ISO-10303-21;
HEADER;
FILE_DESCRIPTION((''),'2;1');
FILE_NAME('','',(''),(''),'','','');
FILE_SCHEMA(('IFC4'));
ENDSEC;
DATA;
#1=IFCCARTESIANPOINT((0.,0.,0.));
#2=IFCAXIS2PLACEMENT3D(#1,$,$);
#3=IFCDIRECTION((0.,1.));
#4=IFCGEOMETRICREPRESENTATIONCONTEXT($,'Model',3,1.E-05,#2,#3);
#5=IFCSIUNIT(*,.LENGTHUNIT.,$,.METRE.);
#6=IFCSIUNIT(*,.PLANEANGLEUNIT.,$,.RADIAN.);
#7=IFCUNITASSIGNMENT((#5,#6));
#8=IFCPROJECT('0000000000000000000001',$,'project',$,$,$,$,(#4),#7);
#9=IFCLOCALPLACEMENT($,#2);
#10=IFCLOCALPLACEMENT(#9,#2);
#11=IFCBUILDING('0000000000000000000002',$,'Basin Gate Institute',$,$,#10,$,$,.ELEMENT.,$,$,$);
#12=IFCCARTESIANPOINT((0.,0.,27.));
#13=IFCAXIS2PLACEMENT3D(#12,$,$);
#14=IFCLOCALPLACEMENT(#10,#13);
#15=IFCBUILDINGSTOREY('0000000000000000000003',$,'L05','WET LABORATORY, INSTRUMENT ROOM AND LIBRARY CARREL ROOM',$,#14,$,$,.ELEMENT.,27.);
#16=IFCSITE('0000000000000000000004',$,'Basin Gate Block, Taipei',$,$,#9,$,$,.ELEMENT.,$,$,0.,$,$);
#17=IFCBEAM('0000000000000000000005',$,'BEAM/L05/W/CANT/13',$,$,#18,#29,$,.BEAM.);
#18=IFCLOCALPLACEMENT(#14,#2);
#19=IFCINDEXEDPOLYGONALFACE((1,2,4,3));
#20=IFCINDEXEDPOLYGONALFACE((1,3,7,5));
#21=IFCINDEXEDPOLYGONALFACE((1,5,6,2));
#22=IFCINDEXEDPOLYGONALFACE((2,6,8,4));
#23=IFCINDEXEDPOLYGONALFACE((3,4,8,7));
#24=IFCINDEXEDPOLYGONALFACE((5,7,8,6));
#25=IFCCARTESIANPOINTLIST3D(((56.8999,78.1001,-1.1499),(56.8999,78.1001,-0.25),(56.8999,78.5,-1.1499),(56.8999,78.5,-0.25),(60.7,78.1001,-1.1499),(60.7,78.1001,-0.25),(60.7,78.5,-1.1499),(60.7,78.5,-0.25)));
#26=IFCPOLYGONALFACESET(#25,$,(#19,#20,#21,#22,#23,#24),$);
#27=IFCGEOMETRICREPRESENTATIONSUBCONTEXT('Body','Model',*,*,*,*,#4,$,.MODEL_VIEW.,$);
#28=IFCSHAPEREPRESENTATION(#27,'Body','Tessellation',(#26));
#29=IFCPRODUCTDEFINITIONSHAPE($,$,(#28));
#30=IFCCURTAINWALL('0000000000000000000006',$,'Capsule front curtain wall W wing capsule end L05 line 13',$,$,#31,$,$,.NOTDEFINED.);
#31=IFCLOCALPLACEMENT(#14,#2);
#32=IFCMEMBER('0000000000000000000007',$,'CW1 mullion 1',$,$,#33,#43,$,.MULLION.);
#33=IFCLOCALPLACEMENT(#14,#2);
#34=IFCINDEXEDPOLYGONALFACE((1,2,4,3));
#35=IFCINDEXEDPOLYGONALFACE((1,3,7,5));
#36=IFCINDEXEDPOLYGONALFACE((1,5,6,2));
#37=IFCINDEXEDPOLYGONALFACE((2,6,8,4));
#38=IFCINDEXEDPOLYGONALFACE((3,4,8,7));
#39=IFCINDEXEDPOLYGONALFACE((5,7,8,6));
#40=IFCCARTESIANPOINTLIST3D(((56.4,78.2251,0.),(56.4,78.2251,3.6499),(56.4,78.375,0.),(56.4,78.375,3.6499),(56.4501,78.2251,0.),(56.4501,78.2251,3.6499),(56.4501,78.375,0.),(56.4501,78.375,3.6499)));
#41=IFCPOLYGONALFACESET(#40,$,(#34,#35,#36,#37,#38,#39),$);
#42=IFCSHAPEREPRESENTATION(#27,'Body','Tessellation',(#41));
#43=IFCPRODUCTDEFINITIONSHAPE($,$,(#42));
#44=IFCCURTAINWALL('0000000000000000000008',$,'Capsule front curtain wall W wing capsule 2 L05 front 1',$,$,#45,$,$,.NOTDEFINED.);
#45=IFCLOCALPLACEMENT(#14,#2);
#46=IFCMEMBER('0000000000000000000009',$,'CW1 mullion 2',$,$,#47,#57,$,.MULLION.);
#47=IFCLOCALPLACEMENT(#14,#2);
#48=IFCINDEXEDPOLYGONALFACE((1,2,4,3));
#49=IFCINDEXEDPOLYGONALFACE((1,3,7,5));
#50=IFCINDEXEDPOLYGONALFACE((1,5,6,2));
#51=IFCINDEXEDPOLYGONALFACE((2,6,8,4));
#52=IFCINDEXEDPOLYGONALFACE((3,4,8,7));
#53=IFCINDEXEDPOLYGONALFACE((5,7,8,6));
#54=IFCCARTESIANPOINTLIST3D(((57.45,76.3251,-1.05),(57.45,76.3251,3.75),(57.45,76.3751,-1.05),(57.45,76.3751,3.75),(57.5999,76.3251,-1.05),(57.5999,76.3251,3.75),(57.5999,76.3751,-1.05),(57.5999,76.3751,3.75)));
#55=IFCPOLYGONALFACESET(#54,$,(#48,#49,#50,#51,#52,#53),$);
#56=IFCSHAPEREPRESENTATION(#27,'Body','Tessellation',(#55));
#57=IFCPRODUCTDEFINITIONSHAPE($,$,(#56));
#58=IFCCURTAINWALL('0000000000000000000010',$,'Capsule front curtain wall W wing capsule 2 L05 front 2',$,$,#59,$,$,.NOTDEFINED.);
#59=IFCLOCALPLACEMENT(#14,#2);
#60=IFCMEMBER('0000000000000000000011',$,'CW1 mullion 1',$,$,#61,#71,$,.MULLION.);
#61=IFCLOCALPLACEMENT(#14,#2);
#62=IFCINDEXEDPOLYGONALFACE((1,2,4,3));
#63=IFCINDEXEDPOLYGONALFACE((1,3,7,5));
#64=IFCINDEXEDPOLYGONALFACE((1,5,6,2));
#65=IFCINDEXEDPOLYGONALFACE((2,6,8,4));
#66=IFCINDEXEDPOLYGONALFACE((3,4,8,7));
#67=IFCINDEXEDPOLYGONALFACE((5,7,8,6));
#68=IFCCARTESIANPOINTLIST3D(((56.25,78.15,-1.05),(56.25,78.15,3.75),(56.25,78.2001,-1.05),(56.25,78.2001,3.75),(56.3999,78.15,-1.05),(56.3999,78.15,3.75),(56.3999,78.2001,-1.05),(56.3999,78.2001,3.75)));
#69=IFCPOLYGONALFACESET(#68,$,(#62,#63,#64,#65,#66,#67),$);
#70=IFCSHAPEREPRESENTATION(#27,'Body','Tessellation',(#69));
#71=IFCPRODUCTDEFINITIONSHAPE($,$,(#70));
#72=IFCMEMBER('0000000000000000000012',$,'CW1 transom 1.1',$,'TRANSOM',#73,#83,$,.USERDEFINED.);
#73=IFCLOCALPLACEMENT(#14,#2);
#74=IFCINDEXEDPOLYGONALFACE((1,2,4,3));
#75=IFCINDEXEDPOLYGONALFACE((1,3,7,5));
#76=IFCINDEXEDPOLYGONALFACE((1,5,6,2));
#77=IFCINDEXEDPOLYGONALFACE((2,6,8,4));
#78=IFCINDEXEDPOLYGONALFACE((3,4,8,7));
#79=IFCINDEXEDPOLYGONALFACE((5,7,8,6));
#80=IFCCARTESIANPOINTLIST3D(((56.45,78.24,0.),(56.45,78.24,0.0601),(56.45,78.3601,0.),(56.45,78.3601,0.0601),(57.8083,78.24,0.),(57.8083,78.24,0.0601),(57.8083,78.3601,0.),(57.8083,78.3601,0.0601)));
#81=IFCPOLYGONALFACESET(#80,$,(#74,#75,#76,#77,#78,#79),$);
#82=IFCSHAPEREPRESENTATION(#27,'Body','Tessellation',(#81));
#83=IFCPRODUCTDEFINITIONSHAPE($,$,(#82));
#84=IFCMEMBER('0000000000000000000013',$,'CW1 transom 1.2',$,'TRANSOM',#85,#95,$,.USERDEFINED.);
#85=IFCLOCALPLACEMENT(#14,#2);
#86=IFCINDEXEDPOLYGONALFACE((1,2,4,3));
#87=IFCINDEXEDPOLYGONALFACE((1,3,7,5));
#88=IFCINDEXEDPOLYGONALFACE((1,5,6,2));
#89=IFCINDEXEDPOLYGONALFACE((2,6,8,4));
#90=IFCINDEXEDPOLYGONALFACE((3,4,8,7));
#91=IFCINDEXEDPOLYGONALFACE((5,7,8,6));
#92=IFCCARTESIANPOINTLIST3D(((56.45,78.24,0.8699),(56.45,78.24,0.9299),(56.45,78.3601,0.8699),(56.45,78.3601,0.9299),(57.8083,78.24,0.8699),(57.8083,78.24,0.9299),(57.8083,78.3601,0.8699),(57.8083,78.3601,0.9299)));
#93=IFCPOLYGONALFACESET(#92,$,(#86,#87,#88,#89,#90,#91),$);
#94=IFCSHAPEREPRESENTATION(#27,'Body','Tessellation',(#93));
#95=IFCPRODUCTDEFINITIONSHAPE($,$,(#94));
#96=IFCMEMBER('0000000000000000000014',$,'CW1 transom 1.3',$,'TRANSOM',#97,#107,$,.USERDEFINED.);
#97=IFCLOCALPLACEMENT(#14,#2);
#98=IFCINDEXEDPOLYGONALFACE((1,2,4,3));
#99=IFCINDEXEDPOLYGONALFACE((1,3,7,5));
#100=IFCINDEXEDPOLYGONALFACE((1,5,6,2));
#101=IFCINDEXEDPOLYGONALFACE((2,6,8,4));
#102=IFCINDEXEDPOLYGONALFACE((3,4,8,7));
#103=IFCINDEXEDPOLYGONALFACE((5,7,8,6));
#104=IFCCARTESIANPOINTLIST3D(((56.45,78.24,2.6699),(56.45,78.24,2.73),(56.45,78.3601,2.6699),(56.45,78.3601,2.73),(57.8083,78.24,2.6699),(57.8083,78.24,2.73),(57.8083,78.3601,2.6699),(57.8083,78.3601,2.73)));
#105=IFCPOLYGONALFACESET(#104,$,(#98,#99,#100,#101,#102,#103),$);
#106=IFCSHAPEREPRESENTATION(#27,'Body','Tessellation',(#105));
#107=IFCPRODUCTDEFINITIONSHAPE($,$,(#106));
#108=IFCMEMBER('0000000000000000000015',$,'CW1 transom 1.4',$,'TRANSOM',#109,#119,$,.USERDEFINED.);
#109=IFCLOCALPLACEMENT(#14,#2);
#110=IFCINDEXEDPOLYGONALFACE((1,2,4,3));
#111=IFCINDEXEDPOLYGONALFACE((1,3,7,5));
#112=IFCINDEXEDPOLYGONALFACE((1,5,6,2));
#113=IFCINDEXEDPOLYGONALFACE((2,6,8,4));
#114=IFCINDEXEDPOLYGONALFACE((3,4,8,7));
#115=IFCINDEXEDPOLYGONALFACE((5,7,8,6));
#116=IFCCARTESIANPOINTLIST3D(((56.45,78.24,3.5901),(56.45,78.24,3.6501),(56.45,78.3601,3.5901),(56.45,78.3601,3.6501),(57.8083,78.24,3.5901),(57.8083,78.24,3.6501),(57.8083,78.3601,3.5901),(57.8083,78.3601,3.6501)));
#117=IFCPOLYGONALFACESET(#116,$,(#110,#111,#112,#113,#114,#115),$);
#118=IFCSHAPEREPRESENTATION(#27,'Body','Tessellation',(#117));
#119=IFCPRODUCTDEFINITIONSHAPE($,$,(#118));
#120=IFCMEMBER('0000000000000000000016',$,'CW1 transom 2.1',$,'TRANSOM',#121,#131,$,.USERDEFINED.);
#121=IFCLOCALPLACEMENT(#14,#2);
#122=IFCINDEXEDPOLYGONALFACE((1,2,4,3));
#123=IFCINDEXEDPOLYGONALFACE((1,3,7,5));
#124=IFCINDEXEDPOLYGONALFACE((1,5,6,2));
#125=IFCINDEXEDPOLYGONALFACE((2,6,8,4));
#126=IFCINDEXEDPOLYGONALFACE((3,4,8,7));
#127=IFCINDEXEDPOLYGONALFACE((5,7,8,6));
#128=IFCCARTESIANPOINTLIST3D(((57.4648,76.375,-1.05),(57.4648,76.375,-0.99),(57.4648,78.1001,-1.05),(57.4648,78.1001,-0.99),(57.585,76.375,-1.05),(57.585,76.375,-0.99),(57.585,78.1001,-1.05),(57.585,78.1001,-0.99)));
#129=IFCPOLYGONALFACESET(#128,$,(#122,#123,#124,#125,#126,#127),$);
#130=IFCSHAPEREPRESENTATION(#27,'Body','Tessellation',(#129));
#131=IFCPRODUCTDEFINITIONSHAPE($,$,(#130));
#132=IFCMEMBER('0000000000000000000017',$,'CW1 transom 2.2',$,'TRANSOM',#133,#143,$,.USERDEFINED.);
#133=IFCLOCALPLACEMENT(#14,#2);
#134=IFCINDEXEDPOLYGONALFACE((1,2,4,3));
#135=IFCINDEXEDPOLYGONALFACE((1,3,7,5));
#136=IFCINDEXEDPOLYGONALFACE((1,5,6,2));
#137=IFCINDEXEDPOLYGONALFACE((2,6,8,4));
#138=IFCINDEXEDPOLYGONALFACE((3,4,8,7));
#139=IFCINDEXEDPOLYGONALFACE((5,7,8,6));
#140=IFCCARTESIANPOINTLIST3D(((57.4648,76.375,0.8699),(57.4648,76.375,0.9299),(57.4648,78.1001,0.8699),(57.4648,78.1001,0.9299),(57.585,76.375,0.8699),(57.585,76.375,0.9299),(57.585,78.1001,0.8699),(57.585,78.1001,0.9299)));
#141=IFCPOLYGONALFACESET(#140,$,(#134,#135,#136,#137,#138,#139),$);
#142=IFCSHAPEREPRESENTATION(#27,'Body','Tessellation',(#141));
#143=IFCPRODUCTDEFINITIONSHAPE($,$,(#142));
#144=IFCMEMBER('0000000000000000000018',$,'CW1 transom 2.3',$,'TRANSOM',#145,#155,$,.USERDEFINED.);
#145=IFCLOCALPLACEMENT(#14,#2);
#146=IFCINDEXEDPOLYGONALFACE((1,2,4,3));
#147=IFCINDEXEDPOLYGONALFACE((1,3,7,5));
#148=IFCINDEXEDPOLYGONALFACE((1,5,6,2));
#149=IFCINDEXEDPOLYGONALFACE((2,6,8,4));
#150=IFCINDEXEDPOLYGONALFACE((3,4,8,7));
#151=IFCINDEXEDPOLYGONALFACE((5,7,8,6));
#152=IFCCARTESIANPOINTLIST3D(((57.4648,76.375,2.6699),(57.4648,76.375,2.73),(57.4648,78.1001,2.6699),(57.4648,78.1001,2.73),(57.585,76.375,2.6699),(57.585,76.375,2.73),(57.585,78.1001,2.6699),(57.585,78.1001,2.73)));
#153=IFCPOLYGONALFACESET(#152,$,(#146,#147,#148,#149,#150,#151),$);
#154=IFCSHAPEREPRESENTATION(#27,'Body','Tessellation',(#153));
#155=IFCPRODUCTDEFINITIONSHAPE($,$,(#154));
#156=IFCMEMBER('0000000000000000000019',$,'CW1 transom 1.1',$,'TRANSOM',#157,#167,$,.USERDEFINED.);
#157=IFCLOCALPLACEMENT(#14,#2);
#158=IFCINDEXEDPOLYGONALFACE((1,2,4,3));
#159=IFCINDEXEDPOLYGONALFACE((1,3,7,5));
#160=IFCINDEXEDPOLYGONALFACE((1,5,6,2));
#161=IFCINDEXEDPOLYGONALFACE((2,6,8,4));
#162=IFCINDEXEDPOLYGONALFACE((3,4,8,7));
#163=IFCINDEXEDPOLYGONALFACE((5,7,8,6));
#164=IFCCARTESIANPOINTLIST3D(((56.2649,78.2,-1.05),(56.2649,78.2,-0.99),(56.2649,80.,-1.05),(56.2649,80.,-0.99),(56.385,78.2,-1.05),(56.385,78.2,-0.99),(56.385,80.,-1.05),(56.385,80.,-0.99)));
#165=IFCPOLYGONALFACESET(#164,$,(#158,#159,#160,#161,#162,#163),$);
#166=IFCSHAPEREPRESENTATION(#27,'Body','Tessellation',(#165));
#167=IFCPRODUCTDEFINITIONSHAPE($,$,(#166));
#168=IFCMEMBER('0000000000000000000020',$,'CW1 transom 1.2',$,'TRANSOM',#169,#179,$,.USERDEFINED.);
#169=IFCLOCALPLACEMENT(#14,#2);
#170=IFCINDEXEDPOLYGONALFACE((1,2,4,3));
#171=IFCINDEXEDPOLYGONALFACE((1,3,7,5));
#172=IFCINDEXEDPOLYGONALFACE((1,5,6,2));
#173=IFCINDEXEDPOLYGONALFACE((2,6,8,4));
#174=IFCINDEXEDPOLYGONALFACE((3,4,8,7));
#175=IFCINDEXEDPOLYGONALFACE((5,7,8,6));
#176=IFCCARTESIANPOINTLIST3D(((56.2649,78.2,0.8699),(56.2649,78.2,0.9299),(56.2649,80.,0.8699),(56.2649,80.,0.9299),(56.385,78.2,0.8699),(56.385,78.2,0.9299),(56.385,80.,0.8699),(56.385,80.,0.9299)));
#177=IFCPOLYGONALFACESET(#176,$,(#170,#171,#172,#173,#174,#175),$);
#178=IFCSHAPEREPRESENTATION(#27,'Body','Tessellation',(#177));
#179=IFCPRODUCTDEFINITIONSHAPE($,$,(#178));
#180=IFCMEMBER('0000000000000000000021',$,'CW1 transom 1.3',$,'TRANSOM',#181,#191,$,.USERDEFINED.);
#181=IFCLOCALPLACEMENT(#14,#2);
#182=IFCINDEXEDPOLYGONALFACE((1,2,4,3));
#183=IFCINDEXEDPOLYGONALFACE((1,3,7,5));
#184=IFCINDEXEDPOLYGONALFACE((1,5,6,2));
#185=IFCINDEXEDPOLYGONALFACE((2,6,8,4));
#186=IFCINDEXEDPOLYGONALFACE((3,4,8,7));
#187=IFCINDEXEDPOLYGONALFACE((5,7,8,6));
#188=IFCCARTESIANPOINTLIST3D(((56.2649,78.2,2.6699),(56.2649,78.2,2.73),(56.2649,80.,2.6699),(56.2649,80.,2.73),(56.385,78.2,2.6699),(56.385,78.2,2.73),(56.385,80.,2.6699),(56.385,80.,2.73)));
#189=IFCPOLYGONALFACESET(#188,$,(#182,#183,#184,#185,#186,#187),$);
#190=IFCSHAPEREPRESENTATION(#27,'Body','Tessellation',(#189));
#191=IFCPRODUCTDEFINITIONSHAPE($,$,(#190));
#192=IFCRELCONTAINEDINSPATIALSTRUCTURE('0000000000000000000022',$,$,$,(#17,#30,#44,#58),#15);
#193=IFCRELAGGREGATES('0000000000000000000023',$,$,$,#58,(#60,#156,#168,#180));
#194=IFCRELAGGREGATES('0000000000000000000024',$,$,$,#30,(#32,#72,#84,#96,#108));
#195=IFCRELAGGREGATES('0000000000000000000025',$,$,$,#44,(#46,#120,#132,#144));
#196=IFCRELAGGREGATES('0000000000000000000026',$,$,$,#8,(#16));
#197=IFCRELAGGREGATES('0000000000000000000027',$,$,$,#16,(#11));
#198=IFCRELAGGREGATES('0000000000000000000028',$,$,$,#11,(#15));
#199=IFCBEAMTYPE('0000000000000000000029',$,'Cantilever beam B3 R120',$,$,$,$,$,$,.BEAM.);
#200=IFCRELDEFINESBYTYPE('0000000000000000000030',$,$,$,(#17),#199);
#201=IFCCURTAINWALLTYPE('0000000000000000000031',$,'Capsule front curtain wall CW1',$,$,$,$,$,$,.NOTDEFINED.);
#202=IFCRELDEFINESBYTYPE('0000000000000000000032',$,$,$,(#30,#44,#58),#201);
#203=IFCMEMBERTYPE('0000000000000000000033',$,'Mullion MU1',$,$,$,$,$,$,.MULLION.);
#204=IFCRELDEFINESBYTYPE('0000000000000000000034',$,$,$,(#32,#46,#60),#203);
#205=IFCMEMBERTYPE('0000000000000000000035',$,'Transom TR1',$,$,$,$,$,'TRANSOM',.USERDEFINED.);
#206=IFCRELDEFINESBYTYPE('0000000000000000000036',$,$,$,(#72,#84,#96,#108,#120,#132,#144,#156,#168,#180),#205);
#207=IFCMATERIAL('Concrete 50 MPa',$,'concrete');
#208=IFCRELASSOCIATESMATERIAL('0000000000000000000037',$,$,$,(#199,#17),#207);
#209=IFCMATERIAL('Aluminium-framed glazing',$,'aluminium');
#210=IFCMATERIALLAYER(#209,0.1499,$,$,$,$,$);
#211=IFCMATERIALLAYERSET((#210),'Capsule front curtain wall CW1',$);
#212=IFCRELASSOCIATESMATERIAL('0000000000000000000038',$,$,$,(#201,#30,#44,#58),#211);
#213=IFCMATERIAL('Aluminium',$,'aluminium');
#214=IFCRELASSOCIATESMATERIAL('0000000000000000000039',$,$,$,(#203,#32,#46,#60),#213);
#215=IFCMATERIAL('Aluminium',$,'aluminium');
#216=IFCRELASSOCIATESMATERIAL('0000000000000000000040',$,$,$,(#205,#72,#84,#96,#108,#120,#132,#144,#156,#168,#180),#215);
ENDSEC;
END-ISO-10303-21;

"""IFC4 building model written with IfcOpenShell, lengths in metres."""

from ifc_helpers import new_model, si_unit, direction, frame, origin, origin_2d, place, context, subcontext, project, spatial, rectangle, extrude, material, layer, layer_set, material_profile, profile_set, type_object, element, aggregate, save


model = new_model("IFC4")

# Units and contexts
model_context = context("Model", 3, precision=1e-05, world=origin(), true_north=direction((0.0, 1.0)))
body_context = subcontext(model_context, "Body", "Model", "MODEL_VIEW")
ifc_project = project(units=[si_unit("LENGTHUNIT", "METRE"), si_unit("PLANEANGLEUNIT", "RADIAN")], contexts=[model_context])

# Site, building, storey
site_placement = place(None, origin())
site = spatial("IfcSite", under=ifc_project, at=site_placement, Name="Basin Gate Block, Taipei", CompositionType="ELEMENT", RefElevation=0.0)
building_placement = place(site_placement, origin())
building = spatial("IfcBuilding", under=site, at=building_placement, Name="Basin Gate Institute", CompositionType="ELEMENT")
storey_placement = place(building_placement, frame((0.0, 0.0, 27.0)))
storey = spatial("IfcBuildingStorey", under=building, at=storey_placement, Name="L05", Description="WET LABORATORY, INSTRUMENT ROOM AND LIBRARY CARREL ROOM", CompositionType="ELEMENT", Elevation=27.0)

# Beam
ifc_material_1 = material(Name="Concrete 50 MPa", Category="concrete")
ifc_material_profile_1 = material_profile(ifc_material_1, rectangle(XDim=0.3999, YDim=0.8999, at=origin_2d()), Name="Cantilever beam B3 400 x 900")
ifc_profile_set_1 = profile_set([ifc_material_profile_1], Name="Concrete 50 MPa")
beam_type = type_object("IfcBeamType", Name="Cantilever beam B3 R120", PredefinedType="BEAM", material=ifc_profile_set_1)
beam_placement = place(storey_placement, frame((56.8999, 78.3, -0.7), z_axis=(1.0, 0.0, 0.0), x_axis=(0.0, 1.0, 0.0)))
element("IfcBeam", 1, at=beam_placement, inside=storey, type_object=beam_type, material=ifc_profile_set_1, Name="BEAM/L05/W/CANT/13", PredefinedType="BEAM", context=body_context, shape_type="SweptSolid", body=[
    extrude(rectangle(XDim=0.3999, YDim=0.8999, at=origin_2d()), origin(), (0.0, 0.0, 1.0), 3.8),
])

# Curtain walls, members
ifc_material_2 = material(Name="Aluminium-framed glazing", Category="aluminium")
ifc_layer_1 = layer(ifc_material_2, 0.1499)
ifc_layer_set_1 = layer_set([ifc_layer_1], Name="Capsule front curtain wall CW1")
curtain_wall_type = type_object("IfcCurtainWallType", Name="Capsule front curtain wall CW1", PredefinedType="NOTDEFINED", material=ifc_layer_set_1)
curtain_wall_1_placement = place(storey_placement, origin())
curtain_wall_1 = element("IfcCurtainWall", 2, at=curtain_wall_1_placement, inside=storey, type_object=curtain_wall_type, material=ifc_layer_set_1, Name="Capsule front curtain wall W wing capsule end L05 line 13", PredefinedType="NOTDEFINED")
ifc_material_3 = material(Name="Aluminium", Category="aluminium")
ifc_material_profile_2 = material_profile(ifc_material_3, rectangle(XDim=0.1499, YDim=0.05, at=origin_2d()), Name="Mullion MU1 150 x 50")
ifc_profile_set_2 = profile_set([ifc_material_profile_2], Name="Aluminium")
member_type_1 = type_object("IfcMemberType", Name="Mullion MU1", PredefinedType="MULLION", material=ifc_profile_set_2)
member_1_placement = place(storey_placement, frame((56.425, 78.3, 0.0), z_axis=(0.0, 0.0, 1.0), x_axis=(0.0, 1.0, 0.0)))
member_1 = element("IfcMember", 3, at=member_1_placement, type_object=member_type_1, material=ifc_profile_set_2, Name="CW1 mullion 1", PredefinedType="MULLION", context=body_context, shape_type="SweptSolid", body=[
    extrude(rectangle(XDim=0.1499, YDim=0.05, at=origin_2d()), origin(), (0.0, 0.0, 1.0), 3.6499),
])
curtain_wall_2_placement = place(storey_placement, origin())
curtain_wall_2 = element("IfcCurtainWall", 4, at=curtain_wall_2_placement, inside=storey, type_object=curtain_wall_type, material=ifc_layer_set_1, Name="Capsule front curtain wall W wing capsule 2 L05 front 1", PredefinedType="NOTDEFINED")
member_2_placement = place(storey_placement, frame((57.5249, 76.3501, -1.05), z_axis=(0.0, 0.0, 1.0), x_axis=(-1.0, 0.0, 0.0)))
member_2 = element("IfcMember", 5, at=member_2_placement, type_object=member_type_1, material=ifc_profile_set_2, Name="CW1 mullion 2", PredefinedType="MULLION", context=body_context, shape_type="SweptSolid", body=[
    extrude(rectangle(XDim=0.1499, YDim=0.05, at=origin_2d()), origin(), (0.0, 0.0, 1.0), 4.8),
])
curtain_wall_3_placement = place(storey_placement, origin())
curtain_wall_3 = element("IfcCurtainWall", 6, at=curtain_wall_3_placement, inside=storey, type_object=curtain_wall_type, material=ifc_layer_set_1, Name="Capsule front curtain wall W wing capsule 2 L05 front 2", PredefinedType="NOTDEFINED")
member_3_placement = place(storey_placement, frame((56.325, 78.175, -1.05), z_axis=(0.0, 0.0, 1.0), x_axis=(-1.0, 0.0, 0.0)))
member_3 = element("IfcMember", 7, at=member_3_placement, type_object=member_type_1, material=ifc_profile_set_2, Name="CW1 mullion 1", PredefinedType="MULLION", context=body_context, shape_type="SweptSolid", body=[
    extrude(rectangle(XDim=0.1499, YDim=0.05, at=origin_2d()), origin(), (0.0, 0.0, 1.0), 4.8),
])

# Members
ifc_material_4 = material(Name="Aluminium", Category="aluminium")
ifc_material_profile_3 = material_profile(ifc_material_4, rectangle(XDim=0.1201, YDim=0.0601, at=origin_2d()), Name="Transom TR1 120 x 60")
ifc_profile_set_3 = profile_set([ifc_material_profile_3], Name="Aluminium")
member_type_2 = type_object("IfcMemberType", Name="Transom TR1", ElementType="TRANSOM", PredefinedType="USERDEFINED", material=ifc_profile_set_3)
member_4_placement = place(storey_placement, frame((56.45, 78.3, 0.03), z_axis=(1.0, 0.0, 0.0), x_axis=(0.0, 1.0, 0.0)))
member_4 = element("IfcMember", 8, at=member_4_placement, type_object=member_type_2, material=ifc_profile_set_3, Name="CW1 transom 1.1", ObjectType="TRANSOM", PredefinedType="USERDEFINED", context=body_context, shape_type="SweptSolid", body=[
    extrude(rectangle(XDim=0.1201, YDim=0.0601, at=origin_2d()), origin(), (0.0, 0.0, 1.0), 1.3584),
])
member_5_placement = place(storey_placement, frame((56.45, 78.3, 0.8999), z_axis=(1.0, 0.0, 0.0), x_axis=(0.0, 1.0, 0.0)))
member_5 = element("IfcMember", 9, at=member_5_placement, type_object=member_type_2, material=ifc_profile_set_3, Name="CW1 transom 1.2", ObjectType="TRANSOM", PredefinedType="USERDEFINED", context=body_context, shape_type="SweptSolid", body=[
    extrude(rectangle(XDim=0.1201, YDim=0.0601, at=origin_2d()), origin(), (0.0, 0.0, 1.0), 1.3584),
])
member_6_placement = place(storey_placement, frame((56.45, 78.3, 2.7), z_axis=(1.0, 0.0, 0.0), x_axis=(0.0, 1.0, 0.0)))
member_6 = element("IfcMember", 10, at=member_6_placement, type_object=member_type_2, material=ifc_profile_set_3, Name="CW1 transom 1.3", ObjectType="TRANSOM", PredefinedType="USERDEFINED", context=body_context, shape_type="SweptSolid", body=[
    extrude(rectangle(XDim=0.1201, YDim=0.0601, at=origin_2d()), origin(), (0.0, 0.0, 1.0), 1.3584),
])
member_7_placement = place(storey_placement, frame((56.45, 78.3, 3.6201), z_axis=(1.0, 0.0, 0.0), x_axis=(0.0, 1.0, 0.0)))
member_7 = element("IfcMember", 11, at=member_7_placement, type_object=member_type_2, material=ifc_profile_set_3, Name="CW1 transom 1.4", ObjectType="TRANSOM", PredefinedType="USERDEFINED", context=body_context, shape_type="SweptSolid", body=[
    extrude(rectangle(XDim=0.1201, YDim=0.0601, at=origin_2d()), origin(), (0.0, 0.0, 1.0), 1.3584),
])
member_8_placement = place(storey_placement, frame((57.5249, 76.375, -1.02), z_axis=(0.0, 1.0, 0.0), x_axis=(-1.0, 0.0, 0.0)))
member_8 = element("IfcMember", 12, at=member_8_placement, type_object=member_type_2, material=ifc_profile_set_3, Name="CW1 transom 2.1", ObjectType="TRANSOM", PredefinedType="USERDEFINED", context=body_context, shape_type="SweptSolid", body=[
    extrude(rectangle(XDim=0.1201, YDim=0.0601, at=origin_2d()), origin(), (0.0, 0.0, 1.0), 1.7251),
])
member_9_placement = place(storey_placement, frame((57.5249, 76.375, 0.8999), z_axis=(0.0, 1.0, 0.0), x_axis=(-1.0, 0.0, 0.0)))
member_9 = element("IfcMember", 13, at=member_9_placement, type_object=member_type_2, material=ifc_profile_set_3, Name="CW1 transom 2.2", ObjectType="TRANSOM", PredefinedType="USERDEFINED", context=body_context, shape_type="SweptSolid", body=[
    extrude(rectangle(XDim=0.1201, YDim=0.0601, at=origin_2d()), origin(), (0.0, 0.0, 1.0), 1.7251),
])
member_10_placement = place(storey_placement, frame((57.5249, 76.375, 2.7), z_axis=(0.0, 1.0, 0.0), x_axis=(-1.0, 0.0, 0.0)))
member_10 = element("IfcMember", 14, at=member_10_placement, type_object=member_type_2, material=ifc_profile_set_3, Name="CW1 transom 2.3", ObjectType="TRANSOM", PredefinedType="USERDEFINED", context=body_context, shape_type="SweptSolid", body=[
    extrude(rectangle(XDim=0.1201, YDim=0.0601, at=origin_2d()), origin(), (0.0, 0.0, 1.0), 1.7251),
])
member_11_placement = place(storey_placement, frame((56.325, 78.2, -1.02), z_axis=(0.0, 1.0, 0.0), x_axis=(-1.0, 0.0, 0.0)))
member_11 = element("IfcMember", 15, at=member_11_placement, type_object=member_type_2, material=ifc_profile_set_3, Name="CW1 transom 1.1", ObjectType="TRANSOM", PredefinedType="USERDEFINED", context=body_context, shape_type="SweptSolid", body=[
    extrude(rectangle(XDim=0.1201, YDim=0.0601, at=origin_2d()), origin(), (0.0, 0.0, 1.0), 1.8),
])
member_12_placement = place(storey_placement, frame((56.325, 78.2, 0.8999), z_axis=(0.0, 1.0, 0.0), x_axis=(-1.0, 0.0, 0.0)))
member_12 = element("IfcMember", 16, at=member_12_placement, type_object=member_type_2, material=ifc_profile_set_3, Name="CW1 transom 1.2", ObjectType="TRANSOM", PredefinedType="USERDEFINED", context=body_context, shape_type="SweptSolid", body=[
    extrude(rectangle(XDim=0.1201, YDim=0.0601, at=origin_2d()), origin(), (0.0, 0.0, 1.0), 1.8),
])
member_13_placement = place(storey_placement, frame((56.325, 78.2, 2.7), z_axis=(0.0, 1.0, 0.0), x_axis=(-1.0, 0.0, 0.0)))
member_13 = element("IfcMember", 17, at=member_13_placement, type_object=member_type_2, material=ifc_profile_set_3, Name="CW1 transom 1.3", ObjectType="TRANSOM", PredefinedType="USERDEFINED", context=body_context, shape_type="SweptSolid", body=[
    extrude(rectangle(XDim=0.1201, YDim=0.0601, at=origin_2d()), origin(), (0.0, 0.0, 1.0), 1.8),
])
aggregate(curtain_wall_3, [member_3, member_11, member_12, member_13])

aggregate(curtain_wall_1, [member_1, member_4, member_5, member_6, member_7])
aggregate(curtain_wall_2, [member_2, member_8, member_9, member_10])

save(model, "model.ifc")
